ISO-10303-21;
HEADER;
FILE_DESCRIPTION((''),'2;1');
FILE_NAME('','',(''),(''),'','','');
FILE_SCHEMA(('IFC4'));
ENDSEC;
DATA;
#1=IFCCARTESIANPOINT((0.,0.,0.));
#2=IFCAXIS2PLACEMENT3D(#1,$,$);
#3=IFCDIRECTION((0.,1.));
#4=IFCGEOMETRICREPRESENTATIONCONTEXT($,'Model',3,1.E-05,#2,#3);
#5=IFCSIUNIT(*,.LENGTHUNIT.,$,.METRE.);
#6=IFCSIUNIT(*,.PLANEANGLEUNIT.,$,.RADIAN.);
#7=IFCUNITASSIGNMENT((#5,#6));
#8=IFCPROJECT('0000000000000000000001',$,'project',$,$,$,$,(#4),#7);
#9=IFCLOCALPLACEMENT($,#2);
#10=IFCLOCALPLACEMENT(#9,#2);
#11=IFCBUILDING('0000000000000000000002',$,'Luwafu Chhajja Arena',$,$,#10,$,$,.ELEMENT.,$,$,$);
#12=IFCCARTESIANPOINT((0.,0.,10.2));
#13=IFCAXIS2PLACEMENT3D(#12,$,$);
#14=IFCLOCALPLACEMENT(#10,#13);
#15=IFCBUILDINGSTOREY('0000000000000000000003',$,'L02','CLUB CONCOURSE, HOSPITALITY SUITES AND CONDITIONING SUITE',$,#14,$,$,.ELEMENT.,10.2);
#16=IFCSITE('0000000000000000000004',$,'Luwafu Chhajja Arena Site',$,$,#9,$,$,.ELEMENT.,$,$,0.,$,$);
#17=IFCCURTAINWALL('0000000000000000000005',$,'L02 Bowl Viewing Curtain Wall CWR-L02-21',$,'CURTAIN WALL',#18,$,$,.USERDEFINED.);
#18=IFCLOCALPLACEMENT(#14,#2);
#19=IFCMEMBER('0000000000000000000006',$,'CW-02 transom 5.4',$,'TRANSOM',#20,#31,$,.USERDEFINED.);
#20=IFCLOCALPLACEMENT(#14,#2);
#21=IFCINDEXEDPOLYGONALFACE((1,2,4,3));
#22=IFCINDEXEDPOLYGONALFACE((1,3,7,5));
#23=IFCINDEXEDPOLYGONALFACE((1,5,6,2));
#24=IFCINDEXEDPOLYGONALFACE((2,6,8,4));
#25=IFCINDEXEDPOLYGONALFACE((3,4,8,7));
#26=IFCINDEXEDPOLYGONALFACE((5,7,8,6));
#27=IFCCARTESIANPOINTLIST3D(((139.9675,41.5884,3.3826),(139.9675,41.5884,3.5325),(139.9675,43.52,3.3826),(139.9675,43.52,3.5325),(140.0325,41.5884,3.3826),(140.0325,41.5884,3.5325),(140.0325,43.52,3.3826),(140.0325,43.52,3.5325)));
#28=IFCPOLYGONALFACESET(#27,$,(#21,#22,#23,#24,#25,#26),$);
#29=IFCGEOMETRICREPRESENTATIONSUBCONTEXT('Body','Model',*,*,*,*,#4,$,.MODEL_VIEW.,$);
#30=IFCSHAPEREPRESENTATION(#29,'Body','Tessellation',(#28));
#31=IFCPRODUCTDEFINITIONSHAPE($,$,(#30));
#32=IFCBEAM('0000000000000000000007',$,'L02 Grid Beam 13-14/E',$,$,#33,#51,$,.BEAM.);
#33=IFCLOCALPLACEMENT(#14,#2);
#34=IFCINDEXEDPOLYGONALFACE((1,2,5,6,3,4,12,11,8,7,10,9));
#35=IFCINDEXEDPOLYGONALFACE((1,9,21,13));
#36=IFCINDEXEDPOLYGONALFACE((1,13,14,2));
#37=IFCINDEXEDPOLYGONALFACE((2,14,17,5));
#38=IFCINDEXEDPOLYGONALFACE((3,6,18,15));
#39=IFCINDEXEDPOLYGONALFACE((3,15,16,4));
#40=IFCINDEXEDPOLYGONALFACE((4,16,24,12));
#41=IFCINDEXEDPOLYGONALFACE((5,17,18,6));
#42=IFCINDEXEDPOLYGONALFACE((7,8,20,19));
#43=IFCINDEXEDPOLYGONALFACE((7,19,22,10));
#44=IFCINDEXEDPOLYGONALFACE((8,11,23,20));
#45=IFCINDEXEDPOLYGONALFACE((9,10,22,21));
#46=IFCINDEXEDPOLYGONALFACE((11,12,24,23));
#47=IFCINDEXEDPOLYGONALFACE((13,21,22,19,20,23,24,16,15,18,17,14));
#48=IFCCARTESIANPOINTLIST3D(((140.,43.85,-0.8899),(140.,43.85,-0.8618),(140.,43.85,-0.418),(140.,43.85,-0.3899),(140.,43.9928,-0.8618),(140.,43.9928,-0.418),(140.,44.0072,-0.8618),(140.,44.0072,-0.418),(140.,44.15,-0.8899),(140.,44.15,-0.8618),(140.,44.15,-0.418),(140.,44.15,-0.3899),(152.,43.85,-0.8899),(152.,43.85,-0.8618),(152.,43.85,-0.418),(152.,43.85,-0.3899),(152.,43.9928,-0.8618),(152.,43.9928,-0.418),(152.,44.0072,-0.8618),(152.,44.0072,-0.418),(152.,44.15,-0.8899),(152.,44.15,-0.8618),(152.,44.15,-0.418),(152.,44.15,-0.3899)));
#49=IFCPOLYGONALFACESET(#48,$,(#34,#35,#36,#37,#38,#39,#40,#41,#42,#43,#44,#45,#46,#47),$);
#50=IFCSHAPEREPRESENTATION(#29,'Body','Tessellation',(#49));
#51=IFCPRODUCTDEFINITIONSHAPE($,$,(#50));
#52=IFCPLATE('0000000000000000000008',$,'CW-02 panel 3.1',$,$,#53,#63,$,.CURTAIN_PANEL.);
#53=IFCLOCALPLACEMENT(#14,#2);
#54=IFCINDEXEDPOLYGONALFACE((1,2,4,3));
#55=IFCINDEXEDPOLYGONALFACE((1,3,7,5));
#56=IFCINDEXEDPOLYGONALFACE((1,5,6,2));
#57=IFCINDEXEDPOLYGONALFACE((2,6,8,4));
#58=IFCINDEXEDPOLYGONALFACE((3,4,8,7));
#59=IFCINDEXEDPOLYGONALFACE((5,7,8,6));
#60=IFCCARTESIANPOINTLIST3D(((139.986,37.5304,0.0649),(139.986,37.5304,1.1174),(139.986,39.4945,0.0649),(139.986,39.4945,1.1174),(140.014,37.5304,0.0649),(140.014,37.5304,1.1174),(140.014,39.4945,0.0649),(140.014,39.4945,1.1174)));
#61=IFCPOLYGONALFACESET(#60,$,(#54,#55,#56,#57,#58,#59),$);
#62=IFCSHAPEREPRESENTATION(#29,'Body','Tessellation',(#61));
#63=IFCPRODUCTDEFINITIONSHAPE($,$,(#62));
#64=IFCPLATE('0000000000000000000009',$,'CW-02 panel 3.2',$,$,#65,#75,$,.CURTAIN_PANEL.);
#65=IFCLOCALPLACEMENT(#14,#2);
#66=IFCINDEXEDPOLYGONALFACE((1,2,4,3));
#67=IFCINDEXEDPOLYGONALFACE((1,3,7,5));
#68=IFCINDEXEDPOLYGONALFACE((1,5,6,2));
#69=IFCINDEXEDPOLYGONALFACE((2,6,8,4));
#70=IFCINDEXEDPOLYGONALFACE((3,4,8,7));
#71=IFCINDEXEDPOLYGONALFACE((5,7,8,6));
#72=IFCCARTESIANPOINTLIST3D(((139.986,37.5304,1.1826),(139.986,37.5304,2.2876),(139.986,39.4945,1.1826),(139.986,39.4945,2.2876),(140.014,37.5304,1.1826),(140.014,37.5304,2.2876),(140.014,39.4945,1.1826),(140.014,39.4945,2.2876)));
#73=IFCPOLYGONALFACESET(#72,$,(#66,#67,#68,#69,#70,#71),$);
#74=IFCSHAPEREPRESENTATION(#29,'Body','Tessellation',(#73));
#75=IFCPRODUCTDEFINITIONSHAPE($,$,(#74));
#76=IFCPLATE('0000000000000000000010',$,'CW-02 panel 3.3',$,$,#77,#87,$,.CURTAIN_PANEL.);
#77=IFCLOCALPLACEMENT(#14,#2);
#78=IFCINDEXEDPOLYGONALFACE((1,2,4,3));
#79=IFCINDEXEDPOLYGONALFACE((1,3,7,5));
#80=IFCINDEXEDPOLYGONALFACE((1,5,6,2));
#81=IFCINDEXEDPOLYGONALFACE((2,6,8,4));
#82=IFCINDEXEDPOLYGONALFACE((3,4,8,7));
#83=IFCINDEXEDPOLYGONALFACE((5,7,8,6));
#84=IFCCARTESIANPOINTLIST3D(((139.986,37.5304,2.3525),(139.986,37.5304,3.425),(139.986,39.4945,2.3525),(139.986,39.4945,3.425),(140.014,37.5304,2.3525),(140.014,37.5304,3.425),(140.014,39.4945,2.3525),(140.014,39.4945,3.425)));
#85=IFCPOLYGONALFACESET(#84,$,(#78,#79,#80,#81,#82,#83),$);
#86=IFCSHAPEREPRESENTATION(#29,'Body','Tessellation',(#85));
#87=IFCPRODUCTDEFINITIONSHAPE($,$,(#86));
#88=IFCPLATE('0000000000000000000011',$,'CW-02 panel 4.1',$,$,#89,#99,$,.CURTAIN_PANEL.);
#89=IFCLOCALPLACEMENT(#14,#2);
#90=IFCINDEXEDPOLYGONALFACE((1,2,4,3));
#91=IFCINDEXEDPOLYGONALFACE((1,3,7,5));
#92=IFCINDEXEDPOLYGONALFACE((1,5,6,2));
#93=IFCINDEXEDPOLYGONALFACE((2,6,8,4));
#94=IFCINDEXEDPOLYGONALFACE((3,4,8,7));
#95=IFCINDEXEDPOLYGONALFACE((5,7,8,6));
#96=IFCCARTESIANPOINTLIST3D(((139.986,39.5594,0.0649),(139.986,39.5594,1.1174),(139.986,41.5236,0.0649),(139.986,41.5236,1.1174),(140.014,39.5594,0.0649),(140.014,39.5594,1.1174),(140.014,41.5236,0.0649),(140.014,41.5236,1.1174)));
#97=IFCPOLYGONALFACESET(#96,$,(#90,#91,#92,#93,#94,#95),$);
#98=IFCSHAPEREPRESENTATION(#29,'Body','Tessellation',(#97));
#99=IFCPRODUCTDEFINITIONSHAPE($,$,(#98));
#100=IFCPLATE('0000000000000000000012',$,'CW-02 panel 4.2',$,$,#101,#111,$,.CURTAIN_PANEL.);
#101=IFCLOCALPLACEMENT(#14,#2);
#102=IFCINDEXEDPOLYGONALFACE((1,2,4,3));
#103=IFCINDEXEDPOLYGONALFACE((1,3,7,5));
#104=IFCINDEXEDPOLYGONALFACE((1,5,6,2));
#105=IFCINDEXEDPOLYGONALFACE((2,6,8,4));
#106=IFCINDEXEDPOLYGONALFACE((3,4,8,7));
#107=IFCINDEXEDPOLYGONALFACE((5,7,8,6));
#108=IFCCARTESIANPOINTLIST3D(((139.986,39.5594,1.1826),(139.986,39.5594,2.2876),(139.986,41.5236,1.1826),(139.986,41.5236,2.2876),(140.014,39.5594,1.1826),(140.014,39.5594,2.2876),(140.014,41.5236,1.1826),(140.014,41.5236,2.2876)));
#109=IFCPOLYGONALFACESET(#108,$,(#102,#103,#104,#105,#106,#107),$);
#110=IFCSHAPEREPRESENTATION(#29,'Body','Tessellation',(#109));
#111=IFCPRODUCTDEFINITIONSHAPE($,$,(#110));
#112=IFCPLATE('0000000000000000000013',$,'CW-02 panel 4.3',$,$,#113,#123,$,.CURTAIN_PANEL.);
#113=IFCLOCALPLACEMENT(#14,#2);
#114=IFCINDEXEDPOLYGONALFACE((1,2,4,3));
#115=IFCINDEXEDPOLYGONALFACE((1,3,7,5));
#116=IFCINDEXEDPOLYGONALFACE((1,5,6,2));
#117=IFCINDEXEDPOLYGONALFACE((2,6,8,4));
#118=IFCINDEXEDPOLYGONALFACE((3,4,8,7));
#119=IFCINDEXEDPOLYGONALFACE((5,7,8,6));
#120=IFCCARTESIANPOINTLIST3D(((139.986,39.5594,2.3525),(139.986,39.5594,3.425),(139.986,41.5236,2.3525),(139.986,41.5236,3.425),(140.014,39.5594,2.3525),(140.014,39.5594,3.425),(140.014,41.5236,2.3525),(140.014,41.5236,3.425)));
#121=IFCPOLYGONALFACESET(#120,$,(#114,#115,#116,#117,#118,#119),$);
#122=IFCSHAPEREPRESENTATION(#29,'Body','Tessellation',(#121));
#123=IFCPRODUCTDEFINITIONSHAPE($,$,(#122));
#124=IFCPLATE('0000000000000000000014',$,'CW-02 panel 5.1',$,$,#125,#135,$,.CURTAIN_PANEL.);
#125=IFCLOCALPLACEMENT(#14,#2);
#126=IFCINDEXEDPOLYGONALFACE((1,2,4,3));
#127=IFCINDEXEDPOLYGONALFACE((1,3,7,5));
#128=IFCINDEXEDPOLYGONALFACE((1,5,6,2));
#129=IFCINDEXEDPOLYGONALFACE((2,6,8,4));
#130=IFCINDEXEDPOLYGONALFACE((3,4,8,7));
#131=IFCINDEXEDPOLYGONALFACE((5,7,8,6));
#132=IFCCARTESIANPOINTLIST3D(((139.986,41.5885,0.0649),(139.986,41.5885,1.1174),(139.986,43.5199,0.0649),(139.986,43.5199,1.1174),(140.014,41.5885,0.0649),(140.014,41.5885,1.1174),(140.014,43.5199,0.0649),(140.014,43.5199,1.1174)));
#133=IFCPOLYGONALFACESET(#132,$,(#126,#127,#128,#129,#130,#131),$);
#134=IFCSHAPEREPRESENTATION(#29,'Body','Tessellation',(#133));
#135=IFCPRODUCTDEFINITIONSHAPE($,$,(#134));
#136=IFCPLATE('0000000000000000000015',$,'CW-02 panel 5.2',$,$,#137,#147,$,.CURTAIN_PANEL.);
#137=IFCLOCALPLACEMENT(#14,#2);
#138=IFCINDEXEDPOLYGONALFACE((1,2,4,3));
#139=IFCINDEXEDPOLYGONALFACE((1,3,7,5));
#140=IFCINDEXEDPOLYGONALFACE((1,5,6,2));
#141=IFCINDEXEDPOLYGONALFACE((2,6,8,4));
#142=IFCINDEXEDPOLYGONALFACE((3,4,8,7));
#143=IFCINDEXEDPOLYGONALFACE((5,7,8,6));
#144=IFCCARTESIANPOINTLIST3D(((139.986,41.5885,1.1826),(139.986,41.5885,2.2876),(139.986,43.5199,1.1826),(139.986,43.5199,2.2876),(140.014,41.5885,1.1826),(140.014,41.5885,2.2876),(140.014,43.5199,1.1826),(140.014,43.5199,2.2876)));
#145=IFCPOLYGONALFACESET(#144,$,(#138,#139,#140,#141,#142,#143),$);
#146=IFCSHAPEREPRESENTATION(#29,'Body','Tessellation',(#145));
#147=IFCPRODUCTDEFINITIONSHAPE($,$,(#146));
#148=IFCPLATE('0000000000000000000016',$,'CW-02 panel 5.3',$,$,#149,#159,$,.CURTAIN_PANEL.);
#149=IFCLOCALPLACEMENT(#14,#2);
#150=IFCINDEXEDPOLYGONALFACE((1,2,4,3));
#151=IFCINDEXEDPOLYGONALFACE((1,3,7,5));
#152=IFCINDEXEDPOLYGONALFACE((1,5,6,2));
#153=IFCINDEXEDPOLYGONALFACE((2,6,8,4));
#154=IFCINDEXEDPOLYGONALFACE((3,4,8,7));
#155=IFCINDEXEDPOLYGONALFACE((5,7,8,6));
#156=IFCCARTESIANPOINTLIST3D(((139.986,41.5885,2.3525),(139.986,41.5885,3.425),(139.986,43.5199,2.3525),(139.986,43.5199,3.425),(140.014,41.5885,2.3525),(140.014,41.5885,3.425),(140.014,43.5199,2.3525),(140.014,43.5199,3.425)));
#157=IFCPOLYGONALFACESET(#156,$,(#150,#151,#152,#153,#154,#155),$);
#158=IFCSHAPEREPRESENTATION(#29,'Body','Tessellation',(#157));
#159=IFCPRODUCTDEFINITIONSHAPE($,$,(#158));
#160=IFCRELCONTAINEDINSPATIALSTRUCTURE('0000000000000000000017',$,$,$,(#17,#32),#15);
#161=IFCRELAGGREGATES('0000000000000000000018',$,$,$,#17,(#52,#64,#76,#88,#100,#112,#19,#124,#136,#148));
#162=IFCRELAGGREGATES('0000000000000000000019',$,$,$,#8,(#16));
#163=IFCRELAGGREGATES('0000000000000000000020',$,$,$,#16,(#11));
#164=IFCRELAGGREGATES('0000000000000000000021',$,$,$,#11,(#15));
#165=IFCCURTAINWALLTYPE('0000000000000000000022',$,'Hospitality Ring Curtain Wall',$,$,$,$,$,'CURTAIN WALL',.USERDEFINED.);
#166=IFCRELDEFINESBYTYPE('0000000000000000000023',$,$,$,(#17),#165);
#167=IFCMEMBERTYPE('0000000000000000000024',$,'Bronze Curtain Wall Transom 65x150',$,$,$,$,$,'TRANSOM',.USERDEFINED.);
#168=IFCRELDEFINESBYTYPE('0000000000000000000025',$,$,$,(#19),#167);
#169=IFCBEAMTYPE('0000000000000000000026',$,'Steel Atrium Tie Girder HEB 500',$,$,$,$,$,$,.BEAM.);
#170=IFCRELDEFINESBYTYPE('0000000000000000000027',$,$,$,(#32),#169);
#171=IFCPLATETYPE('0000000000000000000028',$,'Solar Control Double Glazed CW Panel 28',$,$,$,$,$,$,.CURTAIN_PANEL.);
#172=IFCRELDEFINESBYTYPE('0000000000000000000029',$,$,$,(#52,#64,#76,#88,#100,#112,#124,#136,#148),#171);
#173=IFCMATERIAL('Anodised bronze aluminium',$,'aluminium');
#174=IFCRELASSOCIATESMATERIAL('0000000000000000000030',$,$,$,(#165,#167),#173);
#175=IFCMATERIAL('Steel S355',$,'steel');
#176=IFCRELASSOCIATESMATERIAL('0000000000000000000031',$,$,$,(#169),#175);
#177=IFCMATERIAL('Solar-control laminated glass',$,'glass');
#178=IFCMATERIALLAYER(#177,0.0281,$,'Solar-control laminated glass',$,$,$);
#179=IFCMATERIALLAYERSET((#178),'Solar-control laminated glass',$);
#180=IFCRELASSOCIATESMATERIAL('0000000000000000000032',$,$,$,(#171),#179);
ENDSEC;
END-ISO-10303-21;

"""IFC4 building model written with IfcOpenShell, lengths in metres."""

from ifc_helpers import new_model, si_unit, direction, frame, origin, origin_2d, place, context, subcontext, project, spatial, rectangle, i_section, extrude, material, layer, layer_set, material_profile, profile_set, type_object, element, aggregate, save


model = new_model("IFC4")

# Units and contexts
model_context = context("Model", 3, precision=1e-05, world=origin(), true_north=direction((0.0, 1.0)))
body_context = subcontext(model_context, "Body", "Model", "MODEL_VIEW")
ifc_project = project(units=[si_unit("LENGTHUNIT", "METRE"), si_unit("PLANEANGLEUNIT", "RADIAN")], contexts=[model_context])

# Site, building, storey
site_placement = place(None, origin())
site = spatial("IfcSite", under=ifc_project, at=site_placement, Name="Luwafu Chhajja Arena Site", CompositionType="ELEMENT", RefElevation=0.0)
building_placement = place(site_placement, origin())
building = spatial("IfcBuilding", under=site, at=building_placement, Name="Luwafu Chhajja Arena", CompositionType="ELEMENT")
storey_placement = place(building_placement, frame((0.0, 0.0, 10.2)))
storey = spatial("IfcBuildingStorey", under=building, at=storey_placement, Name="L02", Description="CLUB CONCOURSE, HOSPITALITY SUITES AND CONDITIONING SUITE", CompositionType="ELEMENT", Elevation=10.2)

# Shared definitions
ifc_material_1 = material(Name="Steel S355", Category="steel")

# Curtain wall, member
ifc_material_2 = material(Name="Anodised bronze aluminium", Category="aluminium")
curtain_wall_type = type_object("IfcCurtainWallType", Name="Hospitality Ring Curtain Wall", ElementType="CURTAIN WALL", PredefinedType="USERDEFINED", material=ifc_material_2)
curtain_wall_placement = place(storey_placement, origin())
curtain_wall = element("IfcCurtainWall", 1, at=curtain_wall_placement, inside=storey, type_object=curtain_wall_type, Name="L02 Bowl Viewing Curtain Wall CWR-L02-21", ObjectType="CURTAIN WALL", PredefinedType="USERDEFINED")
ifc_material_profile_1 = material_profile(ifc_material_2, rectangle(XDim=0.0649, YDim=0.1499, at=origin_2d()), Name="CWT 65x150")
ifc_profile_set_1 = profile_set([ifc_material_profile_1], Name="Anodised bronze aluminium")
member_type_1 = type_object("IfcMemberType", Name="Bronze Curtain Wall Transom 65x150", ElementType="TRANSOM", PredefinedType="USERDEFINED", material=ifc_profile_set_1)
member_1_placement = place(storey_placement, frame((140.0, 41.5884, 3.4575), z_axis=(0.0, 1.0, 0.0), x_axis=(-1.0, 0.0, 0.0)))
member_1 = element("IfcMember", 2, at=member_1_placement, type_object=member_type_1, Name="CW-02 transom 5.4", ObjectType="TRANSOM", PredefinedType="USERDEFINED", context=body_context, shape_type="SweptSolid", body=[
    extrude(rectangle(XDim=0.0649, YDim=0.1499, at=origin_2d()), origin(), (0.0, 0.0, 1.0), 1.9316),
])

# Beam
ifc_material_profile_2 = material_profile(ifc_material_1, i_section(OverallWidth=0.3, OverallDepth=0.5, WebThickness=0.0144, FlangeThickness=0.0281, at=origin_2d()), Name="HEB 500")
ifc_profile_set_2 = profile_set([ifc_material_profile_2], Name="Steel S355")
beam_type = type_object("IfcBeamType", Name="Steel Atrium Tie Girder HEB 500", PredefinedType="BEAM", material=ifc_profile_set_2)
beam_placement = place(storey_placement, frame((140.0, 44.0, -0.6399), z_axis=(1.0, 0.0, 0.0), x_axis=(0.0, 1.0, 0.0)))
element("IfcBeam", 3, at=beam_placement, inside=storey, type_object=beam_type, Name="L02 Grid Beam 13-14/E", PredefinedType="BEAM", context=body_context, shape_type="SweptSolid", body=[
    extrude(i_section(OverallWidth=0.3, OverallDepth=0.5, WebThickness=0.0144, FlangeThickness=0.0281, at=origin_2d()), origin(), (0.0, 0.0, 1.0), 12.0),
])

# Plates
ifc_material_3 = material(Name="Solar-control laminated glass", Category="glass")
ifc_layer = layer(ifc_material_3, 0.0281, Name="Solar-control laminated glass")
ifc_layer_set = layer_set([ifc_layer], Name="Solar-control laminated glass")
plate_type = type_object("IfcPlateType", Name="Solar Control Double Glazed CW Panel 28", PredefinedType="CURTAIN_PANEL", material=ifc_layer_set)
plate_1_placement = place(storey_placement, frame((140.0, 38.5125, 0.0649), z_axis=(0.0, 0.0, 1.0), x_axis=(0.0, 1.0, 0.0)))
plate_1 = element("IfcPlate", 4, at=plate_1_placement, type_object=plate_type, Name="CW-02 panel 3.1", PredefinedType="CURTAIN_PANEL", context=body_context, shape_type="SweptSolid", body=[
    extrude(rectangle(XDim=1.9641, YDim=0.0281, at=origin_2d()), origin(), (0.0, 0.0, 1.0), 1.0525),
])
plate_2_placement = place(storey_placement, frame((140.0, 38.5125, 1.1826), z_axis=(0.0, 0.0, 1.0), x_axis=(0.0, 1.0, 0.0)))
plate_2 = element("IfcPlate", 5, at=plate_2_placement, type_object=plate_type, Name="CW-02 panel 3.2", PredefinedType="CURTAIN_PANEL", context=body_context, shape_type="SweptSolid", body=[
    extrude(rectangle(XDim=1.9641, YDim=0.0281, at=origin_2d()), origin(), (0.0, 0.0, 1.0), 1.105),
])
plate_3_placement = place(storey_placement, frame((140.0, 38.5125, 2.3525), z_axis=(0.0, 0.0, 1.0), x_axis=(0.0, 1.0, 0.0)))
plate_3 = element("IfcPlate", 6, at=plate_3_placement, type_object=plate_type, Name="CW-02 panel 3.3", PredefinedType="CURTAIN_PANEL", context=body_context, shape_type="SweptSolid", body=[
    extrude(rectangle(XDim=1.9641, YDim=0.0281, at=origin_2d()), origin(), (0.0, 0.0, 1.0), 1.0725),
])
plate_4_placement = place(storey_placement, frame((140.0, 40.5415, 0.0649), z_axis=(0.0, 0.0, 1.0), x_axis=(0.0, 1.0, 0.0)))
plate_4 = element("IfcPlate", 7, at=plate_4_placement, type_object=plate_type, Name="CW-02 panel 4.1", PredefinedType="CURTAIN_PANEL", context=body_context, shape_type="SweptSolid", body=[
    extrude(rectangle(XDim=1.9641, YDim=0.0281, at=origin_2d()), origin(), (0.0, 0.0, 1.0), 1.0525),
])
plate_5_placement = place(storey_placement, frame((140.0, 40.5415, 1.1826), z_axis=(0.0, 0.0, 1.0), x_axis=(0.0, 1.0, 0.0)))
plate_5 = element("IfcPlate", 8, at=plate_5_placement, type_object=plate_type, Name="CW-02 panel 4.2", PredefinedType="CURTAIN_PANEL", context=body_context, shape_type="SweptSolid", body=[
    extrude(rectangle(XDim=1.9641, YDim=0.0281, at=origin_2d()), origin(), (0.0, 0.0, 1.0), 1.105),
])
plate_6_placement = place(storey_placement, frame((140.0, 40.5415, 2.3525), z_axis=(0.0, 0.0, 1.0), x_axis=(0.0, 1.0, 0.0)))
plate_6 = element("IfcPlate", 9, at=plate_6_placement, type_object=plate_type, Name="CW-02 panel 4.3", PredefinedType="CURTAIN_PANEL", context=body_context, shape_type="SweptSolid", body=[
    extrude(rectangle(XDim=1.9641, YDim=0.0281, at=origin_2d()), origin(), (0.0, 0.0, 1.0), 1.0725),
])
plate_7_placement = place(storey_placement, frame((140.0, 42.5542, 0.0649), z_axis=(0.0, 0.0, 1.0), x_axis=(0.0, 1.0, 0.0)))
plate_7 = element("IfcPlate", 10, at=plate_7_placement, type_object=plate_type, Name="CW-02 panel 5.1", PredefinedType="CURTAIN_PANEL", context=body_context, shape_type="SweptSolid", body=[
    extrude(rectangle(XDim=1.9314, YDim=0.0281, at=origin_2d()), origin(), (0.0, 0.0, 1.0), 1.0525),
])
plate_8_placement = place(storey_placement, frame((140.0, 42.5542, 1.1826), z_axis=(0.0, 0.0, 1.0), x_axis=(0.0, 1.0, 0.0)))
plate_8 = element("IfcPlate", 11, at=plate_8_placement, type_object=plate_type, Name="CW-02 panel 5.2", PredefinedType="CURTAIN_PANEL", context=body_context, shape_type="SweptSolid", body=[
    extrude(rectangle(XDim=1.9314, YDim=0.0281, at=origin_2d()), origin(), (0.0, 0.0, 1.0), 1.105),
])
plate_9_placement = place(storey_placement, frame((140.0, 42.5542, 2.3525), z_axis=(0.0, 0.0, 1.0), x_axis=(0.0, 1.0, 0.0)))
plate_9 = element("IfcPlate", 12, at=plate_9_placement, type_object=plate_type, Name="CW-02 panel 5.3", PredefinedType="CURTAIN_PANEL", context=body_context, shape_type="SweptSolid", body=[
    extrude(rectangle(XDim=1.9314, YDim=0.0281, at=origin_2d()), origin(), (0.0, 0.0, 1.0), 1.0725),
])
aggregate(curtain_wall, [plate_1, plate_2, plate_3, plate_4, plate_5, plate_6, member_1, plate_7, plate_8, plate_9])

save(model, "model.ifc")
